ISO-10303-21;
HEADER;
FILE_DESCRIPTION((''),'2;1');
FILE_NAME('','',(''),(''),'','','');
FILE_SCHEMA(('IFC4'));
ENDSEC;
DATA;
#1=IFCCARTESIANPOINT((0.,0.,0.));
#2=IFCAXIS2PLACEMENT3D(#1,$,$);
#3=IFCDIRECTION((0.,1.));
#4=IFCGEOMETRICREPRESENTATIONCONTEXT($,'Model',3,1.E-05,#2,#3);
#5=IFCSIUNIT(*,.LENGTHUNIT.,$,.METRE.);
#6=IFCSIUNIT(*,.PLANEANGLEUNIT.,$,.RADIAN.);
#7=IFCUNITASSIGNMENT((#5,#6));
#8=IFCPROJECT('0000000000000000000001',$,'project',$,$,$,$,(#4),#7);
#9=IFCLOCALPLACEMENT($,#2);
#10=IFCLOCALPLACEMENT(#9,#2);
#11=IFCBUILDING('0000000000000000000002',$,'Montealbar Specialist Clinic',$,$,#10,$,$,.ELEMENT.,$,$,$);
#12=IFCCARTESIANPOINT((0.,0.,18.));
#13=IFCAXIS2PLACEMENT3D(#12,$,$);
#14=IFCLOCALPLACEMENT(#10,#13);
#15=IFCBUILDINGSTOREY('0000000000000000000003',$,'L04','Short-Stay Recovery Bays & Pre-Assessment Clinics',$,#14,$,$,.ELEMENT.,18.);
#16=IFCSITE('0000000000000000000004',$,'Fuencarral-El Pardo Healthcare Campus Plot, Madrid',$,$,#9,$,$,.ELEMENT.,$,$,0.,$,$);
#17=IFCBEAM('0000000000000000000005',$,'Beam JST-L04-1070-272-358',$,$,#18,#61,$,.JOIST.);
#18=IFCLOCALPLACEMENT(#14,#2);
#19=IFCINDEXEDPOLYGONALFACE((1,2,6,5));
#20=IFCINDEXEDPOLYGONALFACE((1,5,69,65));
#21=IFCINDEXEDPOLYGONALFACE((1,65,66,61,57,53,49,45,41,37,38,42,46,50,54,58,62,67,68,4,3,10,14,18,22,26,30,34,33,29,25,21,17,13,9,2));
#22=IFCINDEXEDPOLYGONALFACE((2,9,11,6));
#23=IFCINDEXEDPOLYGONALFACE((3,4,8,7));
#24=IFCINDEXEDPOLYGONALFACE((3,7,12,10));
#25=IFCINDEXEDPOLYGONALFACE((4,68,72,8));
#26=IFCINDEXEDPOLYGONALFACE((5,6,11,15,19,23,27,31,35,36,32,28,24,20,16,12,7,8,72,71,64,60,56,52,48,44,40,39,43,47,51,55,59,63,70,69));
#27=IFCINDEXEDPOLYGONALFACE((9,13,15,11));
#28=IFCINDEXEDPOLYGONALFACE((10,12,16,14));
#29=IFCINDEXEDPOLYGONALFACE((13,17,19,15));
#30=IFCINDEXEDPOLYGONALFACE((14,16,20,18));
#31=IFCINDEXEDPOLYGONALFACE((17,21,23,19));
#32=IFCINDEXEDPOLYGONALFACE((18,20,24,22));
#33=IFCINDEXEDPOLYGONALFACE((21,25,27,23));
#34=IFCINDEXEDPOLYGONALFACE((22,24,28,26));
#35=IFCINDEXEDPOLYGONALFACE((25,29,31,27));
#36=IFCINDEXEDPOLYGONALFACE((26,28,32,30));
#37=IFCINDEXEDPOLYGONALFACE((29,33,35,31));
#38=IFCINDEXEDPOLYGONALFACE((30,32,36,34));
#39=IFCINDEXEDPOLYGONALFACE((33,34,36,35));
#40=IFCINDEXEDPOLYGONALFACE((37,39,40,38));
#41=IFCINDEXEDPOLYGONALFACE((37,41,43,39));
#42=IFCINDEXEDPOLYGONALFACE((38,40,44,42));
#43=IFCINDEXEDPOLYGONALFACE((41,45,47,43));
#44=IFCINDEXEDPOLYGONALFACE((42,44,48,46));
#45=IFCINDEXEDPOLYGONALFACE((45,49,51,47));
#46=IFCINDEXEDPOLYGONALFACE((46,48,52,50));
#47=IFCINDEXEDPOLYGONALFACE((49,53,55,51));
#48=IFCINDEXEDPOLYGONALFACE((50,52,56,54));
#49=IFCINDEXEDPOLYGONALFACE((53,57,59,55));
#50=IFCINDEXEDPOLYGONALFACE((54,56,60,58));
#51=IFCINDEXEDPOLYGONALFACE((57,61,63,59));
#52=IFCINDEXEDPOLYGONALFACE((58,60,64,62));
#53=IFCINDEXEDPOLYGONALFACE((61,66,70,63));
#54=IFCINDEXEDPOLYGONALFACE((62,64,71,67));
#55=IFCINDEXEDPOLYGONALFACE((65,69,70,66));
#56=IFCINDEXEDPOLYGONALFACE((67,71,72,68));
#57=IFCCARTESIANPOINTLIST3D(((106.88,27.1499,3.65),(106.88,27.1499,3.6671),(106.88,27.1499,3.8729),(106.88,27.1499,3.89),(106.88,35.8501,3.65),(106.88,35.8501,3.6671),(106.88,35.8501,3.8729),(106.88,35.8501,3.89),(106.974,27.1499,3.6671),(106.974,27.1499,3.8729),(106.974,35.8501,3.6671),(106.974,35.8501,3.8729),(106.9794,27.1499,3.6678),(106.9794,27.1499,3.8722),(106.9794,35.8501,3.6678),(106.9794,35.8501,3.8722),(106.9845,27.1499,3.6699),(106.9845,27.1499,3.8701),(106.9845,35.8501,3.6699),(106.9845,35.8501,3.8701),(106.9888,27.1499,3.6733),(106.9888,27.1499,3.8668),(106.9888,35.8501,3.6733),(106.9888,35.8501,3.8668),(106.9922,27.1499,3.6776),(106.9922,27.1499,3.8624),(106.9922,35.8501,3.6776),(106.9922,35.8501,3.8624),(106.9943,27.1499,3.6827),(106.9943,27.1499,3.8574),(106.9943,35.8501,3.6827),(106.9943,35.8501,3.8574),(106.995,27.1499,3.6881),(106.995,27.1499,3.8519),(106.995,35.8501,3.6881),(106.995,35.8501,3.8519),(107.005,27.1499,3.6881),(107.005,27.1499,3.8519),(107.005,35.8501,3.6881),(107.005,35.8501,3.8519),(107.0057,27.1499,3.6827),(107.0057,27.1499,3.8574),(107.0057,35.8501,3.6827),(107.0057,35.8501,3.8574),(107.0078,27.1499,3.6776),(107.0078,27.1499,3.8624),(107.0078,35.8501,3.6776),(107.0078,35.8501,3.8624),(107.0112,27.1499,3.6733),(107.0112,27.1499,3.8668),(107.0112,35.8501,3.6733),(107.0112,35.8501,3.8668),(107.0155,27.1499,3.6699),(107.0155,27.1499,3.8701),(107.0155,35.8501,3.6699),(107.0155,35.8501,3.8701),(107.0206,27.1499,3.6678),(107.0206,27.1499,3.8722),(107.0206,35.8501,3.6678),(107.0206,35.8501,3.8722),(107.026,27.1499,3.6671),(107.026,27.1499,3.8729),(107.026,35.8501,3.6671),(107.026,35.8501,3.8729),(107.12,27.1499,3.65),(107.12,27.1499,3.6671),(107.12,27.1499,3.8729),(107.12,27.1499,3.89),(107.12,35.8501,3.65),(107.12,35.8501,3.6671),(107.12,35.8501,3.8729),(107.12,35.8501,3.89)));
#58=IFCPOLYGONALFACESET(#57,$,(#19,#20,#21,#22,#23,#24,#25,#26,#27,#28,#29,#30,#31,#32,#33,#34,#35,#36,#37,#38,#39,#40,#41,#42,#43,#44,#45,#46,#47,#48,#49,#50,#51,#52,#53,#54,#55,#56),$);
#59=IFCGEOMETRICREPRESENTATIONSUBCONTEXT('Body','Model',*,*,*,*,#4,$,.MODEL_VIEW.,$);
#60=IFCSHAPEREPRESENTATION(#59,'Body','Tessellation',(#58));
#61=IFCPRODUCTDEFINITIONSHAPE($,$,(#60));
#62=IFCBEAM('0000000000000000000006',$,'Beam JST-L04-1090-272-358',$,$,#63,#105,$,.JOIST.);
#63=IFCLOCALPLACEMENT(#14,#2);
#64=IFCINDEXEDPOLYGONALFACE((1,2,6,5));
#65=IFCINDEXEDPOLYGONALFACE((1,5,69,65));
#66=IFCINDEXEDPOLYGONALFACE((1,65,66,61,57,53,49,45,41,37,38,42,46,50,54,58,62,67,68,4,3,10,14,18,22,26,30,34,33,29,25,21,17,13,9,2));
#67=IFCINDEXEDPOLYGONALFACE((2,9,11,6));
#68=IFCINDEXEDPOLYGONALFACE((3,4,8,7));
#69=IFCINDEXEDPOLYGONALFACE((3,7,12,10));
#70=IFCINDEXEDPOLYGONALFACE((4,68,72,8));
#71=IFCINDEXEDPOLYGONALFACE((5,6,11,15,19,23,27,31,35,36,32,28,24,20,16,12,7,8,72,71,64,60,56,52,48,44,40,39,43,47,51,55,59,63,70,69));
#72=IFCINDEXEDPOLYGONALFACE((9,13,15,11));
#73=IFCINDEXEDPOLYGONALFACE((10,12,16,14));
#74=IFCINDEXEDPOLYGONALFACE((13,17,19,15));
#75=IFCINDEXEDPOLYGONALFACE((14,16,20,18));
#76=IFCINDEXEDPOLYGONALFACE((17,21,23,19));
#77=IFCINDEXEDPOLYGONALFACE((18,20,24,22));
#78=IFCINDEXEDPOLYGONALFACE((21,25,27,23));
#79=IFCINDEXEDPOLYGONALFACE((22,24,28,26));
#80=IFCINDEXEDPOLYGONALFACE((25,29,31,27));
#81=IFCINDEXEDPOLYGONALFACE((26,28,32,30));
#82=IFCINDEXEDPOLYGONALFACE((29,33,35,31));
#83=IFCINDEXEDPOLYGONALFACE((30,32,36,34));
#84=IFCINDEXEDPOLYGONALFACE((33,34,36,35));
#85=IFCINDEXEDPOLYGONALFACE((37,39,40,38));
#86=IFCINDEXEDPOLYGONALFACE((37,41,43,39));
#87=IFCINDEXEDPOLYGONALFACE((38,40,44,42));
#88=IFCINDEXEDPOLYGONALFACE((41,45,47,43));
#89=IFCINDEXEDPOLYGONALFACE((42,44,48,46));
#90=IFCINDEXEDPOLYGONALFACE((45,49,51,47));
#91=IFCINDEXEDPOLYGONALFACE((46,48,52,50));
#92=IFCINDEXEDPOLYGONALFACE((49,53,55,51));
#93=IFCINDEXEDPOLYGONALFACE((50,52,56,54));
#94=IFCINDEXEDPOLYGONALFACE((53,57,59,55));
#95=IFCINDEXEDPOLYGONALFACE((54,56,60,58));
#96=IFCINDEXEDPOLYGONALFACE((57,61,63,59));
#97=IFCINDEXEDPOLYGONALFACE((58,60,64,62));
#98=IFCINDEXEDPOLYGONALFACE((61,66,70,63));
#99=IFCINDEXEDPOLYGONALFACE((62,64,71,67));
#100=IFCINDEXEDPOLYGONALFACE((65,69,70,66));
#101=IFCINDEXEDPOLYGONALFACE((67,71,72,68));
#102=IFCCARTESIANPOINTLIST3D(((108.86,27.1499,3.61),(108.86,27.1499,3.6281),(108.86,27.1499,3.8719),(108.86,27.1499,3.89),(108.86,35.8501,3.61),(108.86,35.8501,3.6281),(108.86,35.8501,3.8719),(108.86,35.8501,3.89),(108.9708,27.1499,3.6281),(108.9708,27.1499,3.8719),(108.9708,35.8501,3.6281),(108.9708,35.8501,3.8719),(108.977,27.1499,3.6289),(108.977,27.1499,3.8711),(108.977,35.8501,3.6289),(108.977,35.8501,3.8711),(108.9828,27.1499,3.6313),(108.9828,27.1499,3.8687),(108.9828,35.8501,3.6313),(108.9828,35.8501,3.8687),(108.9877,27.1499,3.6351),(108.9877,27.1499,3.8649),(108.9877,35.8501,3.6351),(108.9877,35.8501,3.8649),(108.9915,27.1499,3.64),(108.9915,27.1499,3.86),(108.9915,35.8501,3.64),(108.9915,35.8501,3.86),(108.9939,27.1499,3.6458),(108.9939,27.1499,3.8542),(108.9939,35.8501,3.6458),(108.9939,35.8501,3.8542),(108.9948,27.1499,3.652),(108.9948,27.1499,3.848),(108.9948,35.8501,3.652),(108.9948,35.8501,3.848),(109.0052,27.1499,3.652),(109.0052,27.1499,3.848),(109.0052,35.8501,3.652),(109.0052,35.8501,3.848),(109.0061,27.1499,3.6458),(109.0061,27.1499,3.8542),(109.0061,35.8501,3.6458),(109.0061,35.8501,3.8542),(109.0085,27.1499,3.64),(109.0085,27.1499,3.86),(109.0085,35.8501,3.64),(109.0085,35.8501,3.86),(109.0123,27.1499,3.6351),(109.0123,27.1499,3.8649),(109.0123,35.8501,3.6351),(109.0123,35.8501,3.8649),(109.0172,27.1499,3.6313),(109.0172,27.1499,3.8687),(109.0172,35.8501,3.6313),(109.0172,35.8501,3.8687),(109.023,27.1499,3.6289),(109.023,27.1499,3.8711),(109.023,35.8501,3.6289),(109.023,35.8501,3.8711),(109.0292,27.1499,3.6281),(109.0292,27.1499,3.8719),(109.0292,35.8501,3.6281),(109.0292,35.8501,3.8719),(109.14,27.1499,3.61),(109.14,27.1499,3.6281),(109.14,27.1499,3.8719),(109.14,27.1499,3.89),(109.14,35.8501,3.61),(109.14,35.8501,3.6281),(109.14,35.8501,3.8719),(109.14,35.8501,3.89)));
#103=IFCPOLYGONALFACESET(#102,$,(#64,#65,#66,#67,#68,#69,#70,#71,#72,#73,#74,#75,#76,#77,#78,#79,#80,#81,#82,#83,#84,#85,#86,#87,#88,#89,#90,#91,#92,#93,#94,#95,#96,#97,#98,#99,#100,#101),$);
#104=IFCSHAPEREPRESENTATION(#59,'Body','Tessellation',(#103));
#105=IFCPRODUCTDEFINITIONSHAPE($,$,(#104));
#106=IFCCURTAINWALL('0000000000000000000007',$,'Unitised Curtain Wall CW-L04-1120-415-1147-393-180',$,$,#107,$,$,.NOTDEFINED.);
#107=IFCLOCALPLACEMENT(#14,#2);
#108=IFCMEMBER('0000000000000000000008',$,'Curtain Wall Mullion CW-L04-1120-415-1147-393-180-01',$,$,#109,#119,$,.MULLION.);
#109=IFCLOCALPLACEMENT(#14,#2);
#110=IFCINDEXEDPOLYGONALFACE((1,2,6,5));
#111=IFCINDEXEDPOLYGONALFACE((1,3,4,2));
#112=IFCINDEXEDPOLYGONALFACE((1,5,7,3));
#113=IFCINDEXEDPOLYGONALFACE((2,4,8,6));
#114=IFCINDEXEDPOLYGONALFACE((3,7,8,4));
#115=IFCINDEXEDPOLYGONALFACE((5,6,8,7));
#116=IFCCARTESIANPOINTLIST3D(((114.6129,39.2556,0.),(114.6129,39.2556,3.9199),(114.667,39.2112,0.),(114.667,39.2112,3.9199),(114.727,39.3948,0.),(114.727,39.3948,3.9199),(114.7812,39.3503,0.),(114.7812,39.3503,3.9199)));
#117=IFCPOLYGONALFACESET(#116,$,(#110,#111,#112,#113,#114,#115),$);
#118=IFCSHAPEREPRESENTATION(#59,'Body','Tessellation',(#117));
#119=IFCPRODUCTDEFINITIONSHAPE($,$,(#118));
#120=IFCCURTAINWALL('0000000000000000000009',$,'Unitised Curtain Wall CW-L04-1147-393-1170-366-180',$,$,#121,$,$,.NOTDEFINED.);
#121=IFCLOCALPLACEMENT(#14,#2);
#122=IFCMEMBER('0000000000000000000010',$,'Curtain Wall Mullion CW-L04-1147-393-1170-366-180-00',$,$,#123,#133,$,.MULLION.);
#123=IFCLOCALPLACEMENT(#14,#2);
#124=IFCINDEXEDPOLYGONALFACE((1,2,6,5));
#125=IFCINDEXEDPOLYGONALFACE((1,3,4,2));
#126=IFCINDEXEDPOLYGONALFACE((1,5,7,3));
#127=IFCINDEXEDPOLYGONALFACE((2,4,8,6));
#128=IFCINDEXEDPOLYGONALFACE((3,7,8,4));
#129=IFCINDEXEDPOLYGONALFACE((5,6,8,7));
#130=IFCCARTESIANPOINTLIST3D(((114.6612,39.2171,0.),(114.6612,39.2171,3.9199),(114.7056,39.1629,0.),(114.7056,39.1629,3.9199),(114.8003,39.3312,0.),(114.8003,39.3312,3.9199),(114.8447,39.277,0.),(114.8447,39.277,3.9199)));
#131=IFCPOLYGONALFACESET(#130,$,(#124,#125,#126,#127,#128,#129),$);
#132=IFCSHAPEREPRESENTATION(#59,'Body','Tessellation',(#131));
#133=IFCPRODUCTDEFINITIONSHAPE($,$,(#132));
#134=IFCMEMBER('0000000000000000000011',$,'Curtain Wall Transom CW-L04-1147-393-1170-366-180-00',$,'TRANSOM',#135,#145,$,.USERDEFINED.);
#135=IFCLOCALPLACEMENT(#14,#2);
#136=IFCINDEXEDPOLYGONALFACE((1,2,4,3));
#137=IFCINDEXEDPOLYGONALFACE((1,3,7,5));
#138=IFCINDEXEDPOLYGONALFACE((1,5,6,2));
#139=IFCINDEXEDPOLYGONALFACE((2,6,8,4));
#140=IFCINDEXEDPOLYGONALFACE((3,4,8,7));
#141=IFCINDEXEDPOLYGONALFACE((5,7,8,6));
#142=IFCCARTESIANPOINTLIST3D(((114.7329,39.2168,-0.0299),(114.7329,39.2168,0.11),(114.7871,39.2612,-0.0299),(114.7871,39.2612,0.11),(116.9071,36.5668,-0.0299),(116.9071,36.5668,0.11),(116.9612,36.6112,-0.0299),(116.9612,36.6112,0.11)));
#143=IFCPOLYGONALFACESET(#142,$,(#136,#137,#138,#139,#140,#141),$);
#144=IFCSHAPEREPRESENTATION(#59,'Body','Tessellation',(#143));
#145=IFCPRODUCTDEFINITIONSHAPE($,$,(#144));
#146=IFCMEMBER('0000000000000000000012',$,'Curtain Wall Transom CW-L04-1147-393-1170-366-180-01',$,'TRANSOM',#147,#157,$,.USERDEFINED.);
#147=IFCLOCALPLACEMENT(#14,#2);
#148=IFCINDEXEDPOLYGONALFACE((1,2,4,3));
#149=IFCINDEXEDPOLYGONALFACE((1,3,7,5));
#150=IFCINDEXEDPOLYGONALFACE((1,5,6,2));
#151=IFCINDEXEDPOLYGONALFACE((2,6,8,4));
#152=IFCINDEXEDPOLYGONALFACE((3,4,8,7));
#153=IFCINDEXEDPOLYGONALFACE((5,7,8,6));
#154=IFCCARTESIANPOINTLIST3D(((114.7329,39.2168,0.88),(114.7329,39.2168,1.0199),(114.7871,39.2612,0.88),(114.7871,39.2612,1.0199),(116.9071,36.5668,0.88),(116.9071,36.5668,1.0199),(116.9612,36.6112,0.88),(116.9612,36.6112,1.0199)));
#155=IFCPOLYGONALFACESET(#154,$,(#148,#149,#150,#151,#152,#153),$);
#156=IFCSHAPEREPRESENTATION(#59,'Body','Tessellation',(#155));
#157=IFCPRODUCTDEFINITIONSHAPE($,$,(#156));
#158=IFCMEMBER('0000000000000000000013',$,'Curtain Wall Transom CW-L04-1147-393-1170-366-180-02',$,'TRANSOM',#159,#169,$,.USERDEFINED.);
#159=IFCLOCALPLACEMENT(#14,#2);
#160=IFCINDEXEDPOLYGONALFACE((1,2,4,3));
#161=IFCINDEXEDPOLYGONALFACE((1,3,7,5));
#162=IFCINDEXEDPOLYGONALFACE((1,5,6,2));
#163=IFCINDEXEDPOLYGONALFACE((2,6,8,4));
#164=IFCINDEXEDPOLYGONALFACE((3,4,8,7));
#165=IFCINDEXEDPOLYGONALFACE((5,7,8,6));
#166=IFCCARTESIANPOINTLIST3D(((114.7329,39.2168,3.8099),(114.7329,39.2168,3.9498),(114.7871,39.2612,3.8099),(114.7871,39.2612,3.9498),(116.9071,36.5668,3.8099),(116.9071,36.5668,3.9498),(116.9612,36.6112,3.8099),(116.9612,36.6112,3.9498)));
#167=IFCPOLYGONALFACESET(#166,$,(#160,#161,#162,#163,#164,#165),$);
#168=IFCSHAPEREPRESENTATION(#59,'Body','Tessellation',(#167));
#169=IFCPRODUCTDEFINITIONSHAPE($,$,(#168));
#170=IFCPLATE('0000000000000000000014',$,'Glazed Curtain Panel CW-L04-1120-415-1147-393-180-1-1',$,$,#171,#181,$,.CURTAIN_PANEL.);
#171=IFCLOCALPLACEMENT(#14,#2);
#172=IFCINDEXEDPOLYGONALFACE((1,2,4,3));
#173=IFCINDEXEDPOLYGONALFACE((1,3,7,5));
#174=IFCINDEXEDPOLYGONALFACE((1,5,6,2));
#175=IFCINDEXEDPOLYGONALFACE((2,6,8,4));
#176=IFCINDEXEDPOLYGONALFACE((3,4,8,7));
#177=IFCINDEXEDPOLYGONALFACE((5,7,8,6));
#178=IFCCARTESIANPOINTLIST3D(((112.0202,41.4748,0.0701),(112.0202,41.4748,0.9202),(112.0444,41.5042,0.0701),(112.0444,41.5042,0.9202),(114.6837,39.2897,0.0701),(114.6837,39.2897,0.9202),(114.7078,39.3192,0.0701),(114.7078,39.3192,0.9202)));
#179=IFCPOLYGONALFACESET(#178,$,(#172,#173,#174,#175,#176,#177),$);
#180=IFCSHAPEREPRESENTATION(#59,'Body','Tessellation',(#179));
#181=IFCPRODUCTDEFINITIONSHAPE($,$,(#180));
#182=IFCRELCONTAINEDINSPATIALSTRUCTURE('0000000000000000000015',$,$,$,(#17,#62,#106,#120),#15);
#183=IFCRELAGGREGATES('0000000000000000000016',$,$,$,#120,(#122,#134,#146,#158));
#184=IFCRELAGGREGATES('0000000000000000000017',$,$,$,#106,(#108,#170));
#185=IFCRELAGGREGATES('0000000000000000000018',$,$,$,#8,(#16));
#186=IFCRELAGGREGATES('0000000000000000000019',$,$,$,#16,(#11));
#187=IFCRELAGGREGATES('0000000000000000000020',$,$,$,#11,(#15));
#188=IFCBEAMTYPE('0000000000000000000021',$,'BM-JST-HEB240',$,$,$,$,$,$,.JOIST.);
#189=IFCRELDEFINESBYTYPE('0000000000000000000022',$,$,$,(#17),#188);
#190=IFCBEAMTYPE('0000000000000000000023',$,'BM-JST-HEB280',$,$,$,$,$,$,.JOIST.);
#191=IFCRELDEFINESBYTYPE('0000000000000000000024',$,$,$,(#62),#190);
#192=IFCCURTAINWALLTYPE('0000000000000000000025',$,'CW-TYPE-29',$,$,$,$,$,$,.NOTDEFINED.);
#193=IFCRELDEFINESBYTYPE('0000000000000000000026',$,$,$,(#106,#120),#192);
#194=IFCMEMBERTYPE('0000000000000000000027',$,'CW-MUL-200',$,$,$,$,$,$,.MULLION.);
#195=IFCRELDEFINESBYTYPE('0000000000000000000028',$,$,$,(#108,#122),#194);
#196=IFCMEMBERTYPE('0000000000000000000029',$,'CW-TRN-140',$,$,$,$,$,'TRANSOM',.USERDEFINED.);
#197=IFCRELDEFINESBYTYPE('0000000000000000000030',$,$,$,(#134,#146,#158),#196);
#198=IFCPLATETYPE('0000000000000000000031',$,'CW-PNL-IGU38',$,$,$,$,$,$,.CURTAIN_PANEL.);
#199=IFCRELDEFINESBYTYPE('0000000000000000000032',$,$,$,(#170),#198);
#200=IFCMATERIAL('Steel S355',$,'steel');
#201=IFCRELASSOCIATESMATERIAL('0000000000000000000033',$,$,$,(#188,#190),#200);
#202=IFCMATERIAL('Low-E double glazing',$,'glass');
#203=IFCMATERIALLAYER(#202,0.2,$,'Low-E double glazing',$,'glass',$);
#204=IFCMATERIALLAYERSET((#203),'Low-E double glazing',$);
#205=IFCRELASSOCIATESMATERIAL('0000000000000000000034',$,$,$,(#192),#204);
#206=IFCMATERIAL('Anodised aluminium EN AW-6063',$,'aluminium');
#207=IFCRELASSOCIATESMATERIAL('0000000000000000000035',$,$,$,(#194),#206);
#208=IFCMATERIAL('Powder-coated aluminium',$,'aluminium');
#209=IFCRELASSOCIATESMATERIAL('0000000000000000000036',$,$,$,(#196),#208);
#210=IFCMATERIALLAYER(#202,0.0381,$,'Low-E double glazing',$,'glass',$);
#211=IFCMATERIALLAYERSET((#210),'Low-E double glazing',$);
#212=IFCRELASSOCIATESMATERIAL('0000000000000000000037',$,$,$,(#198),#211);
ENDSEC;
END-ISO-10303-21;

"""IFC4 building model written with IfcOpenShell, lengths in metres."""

from ifc_helpers import new_model, si_unit, direction, frame, origin, origin_2d, place, context, subcontext, project, spatial, rectangle, i_section, extrude, material, layer, layer_set, material_profile, profile_set, type_object, element, aggregate, save


model = new_model("IFC4")

# Units and contexts
model_context = context("Model", 3, precision=1e-05, world=origin(), true_north=direction((0.0, 1.0)))
body_context = subcontext(model_context, "Body", "Model", "MODEL_VIEW")
ifc_project = project(units=[si_unit("LENGTHUNIT", "METRE"), si_unit("PLANEANGLEUNIT", "RADIAN")], contexts=[model_context])

# Site, building, storey
site_placement = place(None, origin())
site = spatial("IfcSite", under=ifc_project, at=site_placement, Name="Fuencarral-El Pardo Healthcare Campus Plot, Madrid", CompositionType="ELEMENT", RefElevation=0.0)
building_placement = place(site_placement, origin())
building = spatial("IfcBuilding", under=site, at=building_placement, Name="Montealbar Specialist Clinic", CompositionType="ELEMENT")
storey_placement = place(building_placement, frame((0.0, 0.0, 18.0)))
storey = spatial("IfcBuildingStorey", under=building, at=storey_placement, Name="L04", Description="Short-Stay Recovery Bays & Pre-Assessment Clinics", CompositionType="ELEMENT", Elevation=18.0)

# Shared definitions
ifc_material_1 = material(Name="Steel S355", Category="steel")

# Beams
ifc_material_profile_1 = material_profile(ifc_material_1, i_section(OverallWidth=0.24, OverallDepth=0.24, WebThickness=0.01, FlangeThickness=0.0171, FilletRadius=0.021, at=origin_2d()), Name="HEB 240", Category="steel")
ifc_profile_set_1 = profile_set([ifc_material_profile_1], Name="Steel S355")
beam_type_1 = type_object("IfcBeamType", Name="BM-JST-HEB240", PredefinedType="JOIST", material=ifc_profile_set_1)
for number, where, z_axis, x_axis, name in (
    (1, (107.0, 27.1499, 3.77), (0.0, 1.0, 0.0), (-1.0, 0.0, 0.0), "Beam JST-L04-1070-272-358"),
):
    element("IfcBeam", number, at=place(storey_placement, frame(where, z_axis=z_axis, x_axis=x_axis)), inside=storey, type_object=beam_type_1, Name=name, PredefinedType="JOIST", context=body_context, shape_type="SweptSolid", body=[
        extrude(i_section(OverallWidth=0.24, OverallDepth=0.24, WebThickness=0.01, FlangeThickness=0.0171, FilletRadius=0.021, at=origin_2d()), origin(), (0.0, 0.0, 1.0), 8.7002),
    ])
ifc_material_profile_2 = material_profile(ifc_material_1, i_section(OverallWidth=0.28, OverallDepth=0.28, WebThickness=0.0105, FlangeThickness=0.0181, FilletRadius=0.0239, at=origin_2d()), Name="HEB 280", Category="steel")
ifc_profile_set_2 = profile_set([ifc_material_profile_2], Name="Steel S355")
beam_type_2 = type_object("IfcBeamType", Name="BM-JST-HEB280", PredefinedType="JOIST", material=ifc_profile_set_2)
beam_1_placement = place(storey_placement, frame((109.0, 27.1499, 3.75), z_axis=(0.0, 1.0, 0.0), x_axis=(-1.0, 0.0, 0.0)))
element("IfcBeam", 2, at=beam_1_placement, inside=storey, type_object=beam_type_2, Name="Beam JST-L04-1090-272-358", PredefinedType="JOIST", context=body_context, shape_type="SweptSolid", body=[
    extrude(i_section(OverallWidth=0.28, OverallDepth=0.28, WebThickness=0.0105, FlangeThickness=0.0181, FilletRadius=0.0239, at=origin_2d()), origin(), (0.0, 0.0, 1.0), 8.7002),
])

# Curtain wall, member
ifc_material_2 = material(Name="Low-E double glazing", Category="glass")
ifc_layer_1 = layer(ifc_material_2, 0.2, Name="Low-E double glazing", Category="glass")
ifc_layer_set_1 = layer_set([ifc_layer_1], Name="Low-E double glazing")
curtain_wall_type = type_object("IfcCurtainWallType", Name="CW-TYPE-29", PredefinedType="NOTDEFINED", material=ifc_layer_set_1)
curtain_wall_1_placement = place(storey_placement, origin())
curtain_wall_1 = element("IfcCurtainWall", 3, at=curtain_wall_1_placement, inside=storey, type_object=curtain_wall_type, Name="Unitised Curtain Wall CW-L04-1120-415-1147-393-180", PredefinedType="NOTDEFINED")
ifc_material_3 = material(Name="Anodised aluminium EN AW-6063", Category="aluminium")
ifc_material_profile_3 = material_profile(ifc_material_3, rectangle(XDim=0.0701, YDim=0.1799, at=origin_2d()), Name="ALU 70x180", Category="aluminium")
ifc_profile_set_3 = profile_set([ifc_material_profile_3], Name="Anodised aluminium EN AW-6063")
member_type_1 = type_object("IfcMemberType", Name="CW-MUL-200", PredefinedType="MULLION", material=ifc_profile_set_3)
member_1_placement = place(storey_placement, frame((114.697, 39.303, 0.0), z_axis=(0.0, 0.0, 1.0), x_axis=(0.773123, -0.634256, 0.0)))
member_1 = element("IfcMember", 4, at=member_1_placement, type_object=member_type_1, Name="Curtain Wall Mullion CW-L04-1120-415-1147-393-180-01", PredefinedType="MULLION", context=body_context, shape_type="SweptSolid", body=[
    extrude(rectangle(XDim=0.0701, YDim=0.1799, at=origin_2d()), origin(), (0.0, 0.0, 1.0), 3.9199),
])

# Curtain wall, members
curtain_wall_2_placement = place(storey_placement, origin())
curtain_wall_2 = element("IfcCurtainWall", 5, at=curtain_wall_2_placement, inside=storey, type_object=curtain_wall_type, Name="Unitised Curtain Wall CW-L04-1147-393-1170-366-180", PredefinedType="NOTDEFINED")
member_2_placement = place(storey_placement, frame((114.7529, 39.2471, 0.0), z_axis=(0.0, 0.0, 1.0), x_axis=(0.634256, -0.773123, 0.0)))
member_2 = element("IfcMember", 6, at=member_2_placement, type_object=member_type_1, Name="Curtain Wall Mullion CW-L04-1147-393-1170-366-180-00", PredefinedType="MULLION", context=body_context, shape_type="SweptSolid", body=[
    extrude(rectangle(XDim=0.0701, YDim=0.1799, at=origin_2d()), origin(), (0.0, 0.0, 1.0), 3.9199),
])
ifc_material_4 = material(Name="Powder-coated aluminium", Category="aluminium")
ifc_material_profile_4 = material_profile(ifc_material_4, rectangle(XDim=0.0701, YDim=0.1399, at=origin_2d()), Name="ALU 70x140", Category="aluminium")
ifc_profile_set_4 = profile_set([ifc_material_profile_4], Name="Powder-coated aluminium")
member_type_2 = type_object("IfcMemberType", Name="CW-TRN-140", ElementType="TRANSOM", PredefinedType="USERDEFINED", material=ifc_profile_set_4)
member_3_placement = place(storey_placement, frame((114.76, 39.239, 0.04), z_axis=(0.634281, -0.773103, 0.0), x_axis=(0.773103, 0.634281, 0.0)))
member_3 = element("IfcMember", 7, at=member_3_placement, type_object=member_type_2, Name="Curtain Wall Transom CW-L04-1147-393-1170-366-180-00", ObjectType="TRANSOM", PredefinedType="USERDEFINED", context=body_context, shape_type="SweptSolid", body=[
    extrude(rectangle(XDim=0.0701, YDim=0.1399, at=origin_2d()), origin(), (0.0, 0.0, 1.0), 3.4277),
])
member_4_placement = place(storey_placement, frame((114.76, 39.239, 0.95), z_axis=(0.634281, -0.773103, 0.0), x_axis=(0.773103, 0.634281, 0.0)))
member_4 = element("IfcMember", 8, at=member_4_placement, type_object=member_type_2, Name="Curtain Wall Transom CW-L04-1147-393-1170-366-180-01", ObjectType="TRANSOM", PredefinedType="USERDEFINED", context=body_context, shape_type="SweptSolid", body=[
    extrude(rectangle(XDim=0.0701, YDim=0.1399, at=origin_2d()), origin(), (0.0, 0.0, 1.0), 3.4277),
])
member_5_placement = place(storey_placement, frame((114.76, 39.239, 3.8799), z_axis=(0.634281, -0.773103, 0.0), x_axis=(0.773103, 0.634281, 0.0)))
member_5 = element("IfcMember", 9, at=member_5_placement, type_object=member_type_2, Name="Curtain Wall Transom CW-L04-1147-393-1170-366-180-02", ObjectType="TRANSOM", PredefinedType="USERDEFINED", context=body_context, shape_type="SweptSolid", body=[
    extrude(rectangle(XDim=0.0701, YDim=0.1399, at=origin_2d()), origin(), (0.0, 0.0, 1.0), 3.4277),
])
aggregate(curtain_wall_2, [member_2, member_3, member_4, member_5])

# Plate
ifc_layer_2 = layer(ifc_material_2, 0.0381, Name="Low-E double glazing", Category="glass")
ifc_layer_set_2 = layer_set([ifc_layer_2], Name="Low-E double glazing")
plate_type = type_object("IfcPlateType", Name="CW-PNL-IGU38", PredefinedType="CURTAIN_PANEL", material=ifc_layer_set_2)
plate_placement = place(storey_placement, frame((113.364, 40.397, 0.0701), z_axis=(0.0, 0.0, 1.0), x_axis=(0.773123, -0.634256, 0.0)))
plate = element("IfcPlate", 10, at=plate_placement, type_object=plate_type, Name="Glazed Curtain Panel CW-L04-1120-415-1147-393-180-1-1", PredefinedType="CURTAIN_PANEL", context=body_context, shape_type="SweptSolid", body=[
    extrude(rectangle(XDim=3.4451, YDim=0.0381, at=origin_2d()), origin(), (0.0, 0.0, 1.0), 0.8501),
])
aggregate(curtain_wall_1, [member_1, plate])

save(model, "model.ifc")
